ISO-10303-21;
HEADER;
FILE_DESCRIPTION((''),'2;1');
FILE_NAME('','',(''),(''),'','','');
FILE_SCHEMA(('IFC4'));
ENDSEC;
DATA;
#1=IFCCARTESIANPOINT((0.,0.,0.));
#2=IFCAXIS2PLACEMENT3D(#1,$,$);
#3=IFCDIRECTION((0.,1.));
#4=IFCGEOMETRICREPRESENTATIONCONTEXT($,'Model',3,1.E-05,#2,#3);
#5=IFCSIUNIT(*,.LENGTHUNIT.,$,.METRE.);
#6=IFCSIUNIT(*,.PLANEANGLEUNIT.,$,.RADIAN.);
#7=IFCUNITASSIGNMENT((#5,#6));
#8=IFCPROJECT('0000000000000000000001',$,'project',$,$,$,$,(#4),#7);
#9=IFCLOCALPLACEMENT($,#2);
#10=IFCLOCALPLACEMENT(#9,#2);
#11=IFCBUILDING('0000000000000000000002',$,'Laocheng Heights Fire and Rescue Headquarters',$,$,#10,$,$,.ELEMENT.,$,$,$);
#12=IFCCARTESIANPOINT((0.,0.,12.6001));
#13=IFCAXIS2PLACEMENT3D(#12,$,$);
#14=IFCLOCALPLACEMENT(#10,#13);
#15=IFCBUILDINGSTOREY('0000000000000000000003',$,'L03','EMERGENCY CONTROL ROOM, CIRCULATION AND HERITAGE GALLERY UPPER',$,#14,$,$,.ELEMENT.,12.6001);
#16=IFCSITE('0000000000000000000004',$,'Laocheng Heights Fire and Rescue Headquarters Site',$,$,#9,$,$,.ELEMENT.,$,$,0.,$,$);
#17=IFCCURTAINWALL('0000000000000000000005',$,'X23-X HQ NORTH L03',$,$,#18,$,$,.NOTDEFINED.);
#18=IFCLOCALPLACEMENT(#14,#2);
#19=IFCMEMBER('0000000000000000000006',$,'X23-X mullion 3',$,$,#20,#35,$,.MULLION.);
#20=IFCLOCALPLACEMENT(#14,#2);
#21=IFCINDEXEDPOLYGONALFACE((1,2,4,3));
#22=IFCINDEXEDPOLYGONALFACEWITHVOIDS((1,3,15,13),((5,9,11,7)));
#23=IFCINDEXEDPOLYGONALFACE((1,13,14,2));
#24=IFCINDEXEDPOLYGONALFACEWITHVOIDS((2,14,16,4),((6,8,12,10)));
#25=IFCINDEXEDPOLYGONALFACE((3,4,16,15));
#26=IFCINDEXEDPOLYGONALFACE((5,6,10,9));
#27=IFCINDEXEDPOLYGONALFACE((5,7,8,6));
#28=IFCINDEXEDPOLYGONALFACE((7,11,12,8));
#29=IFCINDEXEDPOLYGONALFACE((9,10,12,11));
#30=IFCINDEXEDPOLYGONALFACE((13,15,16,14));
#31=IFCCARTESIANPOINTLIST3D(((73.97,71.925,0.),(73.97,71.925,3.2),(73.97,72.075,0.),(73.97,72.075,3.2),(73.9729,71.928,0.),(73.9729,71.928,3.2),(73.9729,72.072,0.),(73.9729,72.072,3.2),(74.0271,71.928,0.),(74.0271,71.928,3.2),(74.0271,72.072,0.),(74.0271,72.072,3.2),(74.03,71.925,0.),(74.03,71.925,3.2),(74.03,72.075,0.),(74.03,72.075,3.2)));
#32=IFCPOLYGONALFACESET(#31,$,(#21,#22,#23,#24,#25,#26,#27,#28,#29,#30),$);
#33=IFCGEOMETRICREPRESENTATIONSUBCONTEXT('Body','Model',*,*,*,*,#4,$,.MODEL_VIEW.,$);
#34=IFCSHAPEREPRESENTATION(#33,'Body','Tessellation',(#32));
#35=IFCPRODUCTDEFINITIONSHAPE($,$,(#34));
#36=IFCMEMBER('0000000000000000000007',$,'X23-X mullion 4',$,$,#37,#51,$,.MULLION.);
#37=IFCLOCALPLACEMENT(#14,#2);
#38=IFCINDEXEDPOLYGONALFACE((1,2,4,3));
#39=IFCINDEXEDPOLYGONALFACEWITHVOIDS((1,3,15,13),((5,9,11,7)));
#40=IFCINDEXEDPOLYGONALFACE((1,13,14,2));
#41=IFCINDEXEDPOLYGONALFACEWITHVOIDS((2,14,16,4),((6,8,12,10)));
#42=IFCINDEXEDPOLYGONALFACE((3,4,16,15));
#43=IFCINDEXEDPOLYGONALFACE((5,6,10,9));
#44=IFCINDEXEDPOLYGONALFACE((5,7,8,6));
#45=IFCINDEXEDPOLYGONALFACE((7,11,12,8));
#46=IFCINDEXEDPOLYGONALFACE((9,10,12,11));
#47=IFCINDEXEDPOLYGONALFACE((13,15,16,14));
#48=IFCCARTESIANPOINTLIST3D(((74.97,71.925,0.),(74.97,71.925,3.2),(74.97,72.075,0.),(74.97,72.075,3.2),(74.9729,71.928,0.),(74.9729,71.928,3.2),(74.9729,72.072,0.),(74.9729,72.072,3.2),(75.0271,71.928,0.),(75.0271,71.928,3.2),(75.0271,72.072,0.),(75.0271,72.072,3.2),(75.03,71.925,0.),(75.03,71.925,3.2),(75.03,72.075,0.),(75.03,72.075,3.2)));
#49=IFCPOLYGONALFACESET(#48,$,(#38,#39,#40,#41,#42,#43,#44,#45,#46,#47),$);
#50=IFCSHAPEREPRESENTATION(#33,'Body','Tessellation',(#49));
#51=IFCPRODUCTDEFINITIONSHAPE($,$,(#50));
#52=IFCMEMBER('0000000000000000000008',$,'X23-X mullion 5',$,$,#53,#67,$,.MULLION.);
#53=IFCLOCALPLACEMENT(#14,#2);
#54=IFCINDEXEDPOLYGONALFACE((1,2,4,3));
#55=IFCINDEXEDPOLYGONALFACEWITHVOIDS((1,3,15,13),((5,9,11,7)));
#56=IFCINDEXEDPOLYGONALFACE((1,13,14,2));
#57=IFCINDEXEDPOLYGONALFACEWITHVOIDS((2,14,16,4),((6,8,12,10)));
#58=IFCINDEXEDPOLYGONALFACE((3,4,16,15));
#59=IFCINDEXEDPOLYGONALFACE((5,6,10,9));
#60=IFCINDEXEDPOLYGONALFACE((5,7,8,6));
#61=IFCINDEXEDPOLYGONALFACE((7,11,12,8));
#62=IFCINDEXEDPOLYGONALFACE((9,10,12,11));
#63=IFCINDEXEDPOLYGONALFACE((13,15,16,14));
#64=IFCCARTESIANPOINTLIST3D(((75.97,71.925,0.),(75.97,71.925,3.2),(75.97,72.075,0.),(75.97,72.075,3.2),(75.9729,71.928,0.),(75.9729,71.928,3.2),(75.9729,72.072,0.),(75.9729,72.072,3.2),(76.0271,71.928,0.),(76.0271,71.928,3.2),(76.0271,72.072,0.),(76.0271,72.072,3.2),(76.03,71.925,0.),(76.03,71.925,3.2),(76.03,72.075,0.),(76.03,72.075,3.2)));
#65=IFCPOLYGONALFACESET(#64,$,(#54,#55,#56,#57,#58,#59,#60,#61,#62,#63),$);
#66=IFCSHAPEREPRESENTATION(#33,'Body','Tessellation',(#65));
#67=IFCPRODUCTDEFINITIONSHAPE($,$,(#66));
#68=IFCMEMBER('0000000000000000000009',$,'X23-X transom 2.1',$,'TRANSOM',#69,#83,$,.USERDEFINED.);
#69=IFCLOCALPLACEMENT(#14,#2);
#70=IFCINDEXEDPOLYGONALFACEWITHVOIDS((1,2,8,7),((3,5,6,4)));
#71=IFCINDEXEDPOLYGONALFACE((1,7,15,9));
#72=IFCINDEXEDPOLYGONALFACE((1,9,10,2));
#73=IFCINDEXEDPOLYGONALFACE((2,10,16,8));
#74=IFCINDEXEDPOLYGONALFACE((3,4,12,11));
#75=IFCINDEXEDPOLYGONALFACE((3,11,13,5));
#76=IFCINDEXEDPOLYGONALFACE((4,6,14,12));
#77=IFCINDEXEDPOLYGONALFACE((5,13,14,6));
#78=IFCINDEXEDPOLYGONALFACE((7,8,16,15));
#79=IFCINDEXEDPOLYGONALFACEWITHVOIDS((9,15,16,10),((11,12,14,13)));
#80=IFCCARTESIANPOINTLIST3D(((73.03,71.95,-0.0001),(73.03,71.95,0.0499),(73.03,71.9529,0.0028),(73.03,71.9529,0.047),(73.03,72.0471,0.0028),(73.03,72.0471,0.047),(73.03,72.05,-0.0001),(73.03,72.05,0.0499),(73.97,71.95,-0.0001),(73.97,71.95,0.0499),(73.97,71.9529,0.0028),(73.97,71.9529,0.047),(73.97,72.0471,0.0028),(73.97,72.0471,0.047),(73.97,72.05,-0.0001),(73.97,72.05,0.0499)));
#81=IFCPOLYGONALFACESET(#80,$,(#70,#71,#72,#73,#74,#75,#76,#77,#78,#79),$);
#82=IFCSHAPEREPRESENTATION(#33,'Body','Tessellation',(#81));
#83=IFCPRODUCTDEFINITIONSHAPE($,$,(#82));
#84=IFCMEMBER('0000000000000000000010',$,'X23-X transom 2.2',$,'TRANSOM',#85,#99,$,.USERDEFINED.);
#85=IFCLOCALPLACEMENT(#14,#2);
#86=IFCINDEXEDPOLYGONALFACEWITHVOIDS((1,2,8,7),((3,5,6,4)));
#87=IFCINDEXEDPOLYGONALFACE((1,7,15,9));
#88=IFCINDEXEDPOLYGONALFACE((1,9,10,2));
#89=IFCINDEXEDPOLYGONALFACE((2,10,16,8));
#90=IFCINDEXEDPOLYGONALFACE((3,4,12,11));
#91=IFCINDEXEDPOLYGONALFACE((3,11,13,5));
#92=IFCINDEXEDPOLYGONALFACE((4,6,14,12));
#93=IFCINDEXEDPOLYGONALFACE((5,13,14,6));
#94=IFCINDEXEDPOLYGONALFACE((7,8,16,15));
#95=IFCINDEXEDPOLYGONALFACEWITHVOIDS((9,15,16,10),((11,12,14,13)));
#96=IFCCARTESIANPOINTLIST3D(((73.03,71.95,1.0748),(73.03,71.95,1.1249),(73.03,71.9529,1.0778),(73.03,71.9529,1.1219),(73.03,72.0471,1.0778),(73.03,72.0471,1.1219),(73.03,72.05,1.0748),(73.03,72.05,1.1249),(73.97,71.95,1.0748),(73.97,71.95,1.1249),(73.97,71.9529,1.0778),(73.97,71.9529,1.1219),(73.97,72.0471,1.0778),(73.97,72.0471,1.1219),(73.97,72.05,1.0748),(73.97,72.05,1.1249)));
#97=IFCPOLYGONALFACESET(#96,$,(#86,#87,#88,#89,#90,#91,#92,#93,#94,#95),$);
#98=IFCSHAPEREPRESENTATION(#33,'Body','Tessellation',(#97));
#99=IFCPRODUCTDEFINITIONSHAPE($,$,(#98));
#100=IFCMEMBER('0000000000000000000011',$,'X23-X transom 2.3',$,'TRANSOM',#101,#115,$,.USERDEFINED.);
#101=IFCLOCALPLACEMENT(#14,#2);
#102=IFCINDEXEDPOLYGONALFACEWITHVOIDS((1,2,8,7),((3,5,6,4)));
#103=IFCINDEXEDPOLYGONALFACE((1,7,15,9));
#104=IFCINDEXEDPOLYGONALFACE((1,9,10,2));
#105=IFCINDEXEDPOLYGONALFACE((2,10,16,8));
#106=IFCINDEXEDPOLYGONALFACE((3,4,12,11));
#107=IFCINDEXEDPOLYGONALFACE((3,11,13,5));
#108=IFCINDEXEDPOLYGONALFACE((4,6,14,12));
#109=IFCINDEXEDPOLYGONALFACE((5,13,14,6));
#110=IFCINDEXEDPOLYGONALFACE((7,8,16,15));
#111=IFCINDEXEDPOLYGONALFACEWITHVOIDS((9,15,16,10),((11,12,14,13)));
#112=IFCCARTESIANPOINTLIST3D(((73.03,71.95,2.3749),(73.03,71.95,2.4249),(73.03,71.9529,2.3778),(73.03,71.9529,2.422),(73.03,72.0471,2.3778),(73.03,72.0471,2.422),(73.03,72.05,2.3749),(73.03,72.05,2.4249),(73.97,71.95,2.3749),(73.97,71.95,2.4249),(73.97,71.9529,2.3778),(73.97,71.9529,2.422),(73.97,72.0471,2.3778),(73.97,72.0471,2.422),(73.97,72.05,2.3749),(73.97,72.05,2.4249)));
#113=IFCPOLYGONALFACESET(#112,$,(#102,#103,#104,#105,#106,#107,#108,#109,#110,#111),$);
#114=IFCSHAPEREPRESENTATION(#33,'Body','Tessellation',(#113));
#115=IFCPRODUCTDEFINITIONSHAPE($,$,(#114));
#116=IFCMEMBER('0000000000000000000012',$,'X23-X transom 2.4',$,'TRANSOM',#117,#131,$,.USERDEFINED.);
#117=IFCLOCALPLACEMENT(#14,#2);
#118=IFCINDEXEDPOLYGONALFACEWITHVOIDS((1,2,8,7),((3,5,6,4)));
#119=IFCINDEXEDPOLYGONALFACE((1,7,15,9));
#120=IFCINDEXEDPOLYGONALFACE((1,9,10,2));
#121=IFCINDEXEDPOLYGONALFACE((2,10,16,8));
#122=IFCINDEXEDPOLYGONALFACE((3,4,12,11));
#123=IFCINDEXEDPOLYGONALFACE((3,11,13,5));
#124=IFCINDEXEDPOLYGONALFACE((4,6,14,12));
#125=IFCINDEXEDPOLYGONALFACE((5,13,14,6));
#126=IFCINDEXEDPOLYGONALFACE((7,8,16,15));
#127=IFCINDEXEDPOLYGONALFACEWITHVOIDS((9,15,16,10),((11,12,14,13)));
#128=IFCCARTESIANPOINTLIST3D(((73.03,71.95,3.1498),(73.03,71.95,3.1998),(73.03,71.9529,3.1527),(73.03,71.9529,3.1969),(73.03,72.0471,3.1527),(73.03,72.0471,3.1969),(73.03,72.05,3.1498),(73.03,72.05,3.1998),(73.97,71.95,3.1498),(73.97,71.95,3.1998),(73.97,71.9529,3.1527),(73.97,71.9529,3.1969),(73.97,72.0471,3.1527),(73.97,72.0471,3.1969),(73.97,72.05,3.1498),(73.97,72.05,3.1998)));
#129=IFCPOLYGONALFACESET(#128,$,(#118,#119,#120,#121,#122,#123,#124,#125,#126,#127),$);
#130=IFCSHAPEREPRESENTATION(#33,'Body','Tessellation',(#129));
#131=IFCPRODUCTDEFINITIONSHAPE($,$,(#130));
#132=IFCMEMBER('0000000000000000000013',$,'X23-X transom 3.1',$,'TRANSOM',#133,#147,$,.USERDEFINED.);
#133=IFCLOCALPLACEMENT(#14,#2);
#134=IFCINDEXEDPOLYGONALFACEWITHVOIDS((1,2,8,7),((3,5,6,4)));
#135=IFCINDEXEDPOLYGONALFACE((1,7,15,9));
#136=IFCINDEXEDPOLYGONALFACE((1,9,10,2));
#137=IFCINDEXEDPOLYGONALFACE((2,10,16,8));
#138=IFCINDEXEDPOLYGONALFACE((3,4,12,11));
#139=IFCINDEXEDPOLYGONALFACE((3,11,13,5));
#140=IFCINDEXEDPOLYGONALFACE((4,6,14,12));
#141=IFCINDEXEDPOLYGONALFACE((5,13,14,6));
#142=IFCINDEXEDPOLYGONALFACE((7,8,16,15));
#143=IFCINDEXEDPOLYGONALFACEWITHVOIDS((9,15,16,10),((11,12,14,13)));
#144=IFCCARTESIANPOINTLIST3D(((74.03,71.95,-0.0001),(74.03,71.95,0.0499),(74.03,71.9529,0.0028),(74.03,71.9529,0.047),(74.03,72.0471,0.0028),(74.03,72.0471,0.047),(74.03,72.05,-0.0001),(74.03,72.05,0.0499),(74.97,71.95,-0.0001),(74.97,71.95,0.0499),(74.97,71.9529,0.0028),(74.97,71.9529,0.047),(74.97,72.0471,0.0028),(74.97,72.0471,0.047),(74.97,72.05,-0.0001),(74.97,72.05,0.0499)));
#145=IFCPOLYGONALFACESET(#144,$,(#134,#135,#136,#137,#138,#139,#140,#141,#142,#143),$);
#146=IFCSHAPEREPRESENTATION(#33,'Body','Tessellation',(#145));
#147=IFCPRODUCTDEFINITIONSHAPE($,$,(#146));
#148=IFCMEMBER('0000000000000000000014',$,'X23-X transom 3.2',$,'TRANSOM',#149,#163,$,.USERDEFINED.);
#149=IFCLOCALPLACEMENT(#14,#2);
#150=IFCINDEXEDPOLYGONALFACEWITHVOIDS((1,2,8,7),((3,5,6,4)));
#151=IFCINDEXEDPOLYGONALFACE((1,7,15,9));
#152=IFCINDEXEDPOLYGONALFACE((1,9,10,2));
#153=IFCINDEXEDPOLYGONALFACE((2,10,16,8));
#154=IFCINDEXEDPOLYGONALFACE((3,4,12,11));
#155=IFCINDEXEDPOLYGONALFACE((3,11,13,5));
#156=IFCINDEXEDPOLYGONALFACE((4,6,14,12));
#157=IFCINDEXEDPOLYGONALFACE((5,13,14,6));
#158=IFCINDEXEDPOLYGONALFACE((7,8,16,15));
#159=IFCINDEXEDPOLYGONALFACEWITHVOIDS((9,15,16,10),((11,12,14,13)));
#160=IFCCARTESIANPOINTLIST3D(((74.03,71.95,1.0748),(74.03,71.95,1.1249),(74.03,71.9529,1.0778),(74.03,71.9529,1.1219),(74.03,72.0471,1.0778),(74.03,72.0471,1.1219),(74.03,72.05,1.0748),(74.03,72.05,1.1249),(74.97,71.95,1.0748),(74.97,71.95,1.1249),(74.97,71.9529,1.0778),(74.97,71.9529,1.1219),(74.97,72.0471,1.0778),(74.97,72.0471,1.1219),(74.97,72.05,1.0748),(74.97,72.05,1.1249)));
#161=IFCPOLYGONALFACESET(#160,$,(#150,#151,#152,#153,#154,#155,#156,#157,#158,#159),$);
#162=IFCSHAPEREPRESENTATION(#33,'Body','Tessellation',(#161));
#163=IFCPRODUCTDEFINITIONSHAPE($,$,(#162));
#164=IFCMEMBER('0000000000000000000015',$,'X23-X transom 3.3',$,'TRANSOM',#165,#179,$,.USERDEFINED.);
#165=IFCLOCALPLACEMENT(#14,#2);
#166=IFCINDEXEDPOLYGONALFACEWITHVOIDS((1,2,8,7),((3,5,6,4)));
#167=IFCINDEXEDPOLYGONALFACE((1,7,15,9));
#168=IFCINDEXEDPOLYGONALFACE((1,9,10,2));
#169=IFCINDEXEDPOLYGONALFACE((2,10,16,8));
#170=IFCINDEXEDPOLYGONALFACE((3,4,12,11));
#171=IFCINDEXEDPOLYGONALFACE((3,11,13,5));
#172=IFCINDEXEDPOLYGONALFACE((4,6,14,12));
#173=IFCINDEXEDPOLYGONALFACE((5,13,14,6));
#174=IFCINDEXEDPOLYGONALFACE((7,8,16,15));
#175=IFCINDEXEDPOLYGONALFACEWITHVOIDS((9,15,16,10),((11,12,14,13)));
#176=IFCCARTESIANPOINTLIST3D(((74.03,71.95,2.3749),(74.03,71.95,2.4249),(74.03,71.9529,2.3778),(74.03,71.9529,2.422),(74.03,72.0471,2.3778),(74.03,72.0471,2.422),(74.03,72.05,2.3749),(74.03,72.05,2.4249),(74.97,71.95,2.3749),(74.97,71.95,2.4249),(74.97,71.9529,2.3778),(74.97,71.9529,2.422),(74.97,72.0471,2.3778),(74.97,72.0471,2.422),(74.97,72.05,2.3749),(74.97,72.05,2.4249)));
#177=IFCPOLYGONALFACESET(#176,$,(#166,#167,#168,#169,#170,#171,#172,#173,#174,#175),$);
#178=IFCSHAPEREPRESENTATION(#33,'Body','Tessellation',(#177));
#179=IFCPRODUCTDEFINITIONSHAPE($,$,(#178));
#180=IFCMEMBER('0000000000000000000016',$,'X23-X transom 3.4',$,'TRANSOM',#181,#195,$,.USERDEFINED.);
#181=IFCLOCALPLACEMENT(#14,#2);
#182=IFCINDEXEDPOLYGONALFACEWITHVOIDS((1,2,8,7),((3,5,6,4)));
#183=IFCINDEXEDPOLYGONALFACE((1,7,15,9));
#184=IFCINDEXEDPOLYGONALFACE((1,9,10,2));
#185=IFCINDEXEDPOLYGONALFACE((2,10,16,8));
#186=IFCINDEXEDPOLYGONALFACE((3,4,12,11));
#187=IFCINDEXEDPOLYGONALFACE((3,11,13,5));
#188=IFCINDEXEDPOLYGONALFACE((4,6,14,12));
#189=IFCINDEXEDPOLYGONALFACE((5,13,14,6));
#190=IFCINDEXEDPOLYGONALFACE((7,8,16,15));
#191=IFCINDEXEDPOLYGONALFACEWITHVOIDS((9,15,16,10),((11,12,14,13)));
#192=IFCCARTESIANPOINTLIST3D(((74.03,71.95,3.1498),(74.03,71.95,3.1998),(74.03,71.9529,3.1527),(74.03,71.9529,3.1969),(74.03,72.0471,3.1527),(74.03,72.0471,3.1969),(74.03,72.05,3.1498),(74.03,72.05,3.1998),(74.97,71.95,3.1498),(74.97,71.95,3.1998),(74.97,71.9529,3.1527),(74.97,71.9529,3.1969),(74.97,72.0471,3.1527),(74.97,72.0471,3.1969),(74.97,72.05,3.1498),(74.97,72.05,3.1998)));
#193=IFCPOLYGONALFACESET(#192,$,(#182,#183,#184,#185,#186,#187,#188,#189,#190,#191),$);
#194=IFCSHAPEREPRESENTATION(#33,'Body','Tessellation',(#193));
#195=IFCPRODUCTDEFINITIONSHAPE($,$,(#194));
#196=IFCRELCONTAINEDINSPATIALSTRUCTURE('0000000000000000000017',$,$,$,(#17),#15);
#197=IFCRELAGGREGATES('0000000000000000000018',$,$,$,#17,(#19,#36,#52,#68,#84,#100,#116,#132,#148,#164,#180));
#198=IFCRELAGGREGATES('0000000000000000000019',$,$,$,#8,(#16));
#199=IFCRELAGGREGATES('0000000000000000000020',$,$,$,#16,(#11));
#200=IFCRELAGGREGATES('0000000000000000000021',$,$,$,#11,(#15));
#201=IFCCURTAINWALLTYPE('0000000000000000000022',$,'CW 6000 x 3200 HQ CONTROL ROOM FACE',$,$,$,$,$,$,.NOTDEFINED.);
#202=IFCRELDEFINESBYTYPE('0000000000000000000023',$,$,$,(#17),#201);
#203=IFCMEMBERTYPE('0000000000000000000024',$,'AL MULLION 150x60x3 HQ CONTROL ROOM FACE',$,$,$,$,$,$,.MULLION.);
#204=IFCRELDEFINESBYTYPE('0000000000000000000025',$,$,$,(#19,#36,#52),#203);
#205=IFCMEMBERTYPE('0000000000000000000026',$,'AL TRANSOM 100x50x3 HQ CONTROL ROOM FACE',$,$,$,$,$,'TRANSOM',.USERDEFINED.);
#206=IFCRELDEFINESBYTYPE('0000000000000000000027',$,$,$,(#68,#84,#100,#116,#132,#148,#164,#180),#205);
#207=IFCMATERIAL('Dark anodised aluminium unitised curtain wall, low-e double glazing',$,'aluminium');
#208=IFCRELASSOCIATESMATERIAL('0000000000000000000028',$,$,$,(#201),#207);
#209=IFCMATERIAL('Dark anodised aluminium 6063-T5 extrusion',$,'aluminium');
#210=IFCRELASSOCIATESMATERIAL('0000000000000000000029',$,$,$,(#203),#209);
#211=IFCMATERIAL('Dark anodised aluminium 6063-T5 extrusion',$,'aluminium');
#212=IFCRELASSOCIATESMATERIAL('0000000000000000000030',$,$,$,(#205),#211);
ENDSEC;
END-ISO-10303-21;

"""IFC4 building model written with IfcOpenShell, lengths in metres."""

from ifc_helpers import new_model, si_unit, direction, frame, origin, origin_2d, place, context, subcontext, project, spatial, hollow_rectangle, extrude, material, material_profile, profile_set, type_object, element, aggregate, save


model = new_model("IFC4")

# Units and contexts
model_context = context("Model", 3, precision=1e-05, world=origin(), true_north=direction((0.0, 1.0)))
body_context = subcontext(model_context, "Body", "Model", "MODEL_VIEW")
ifc_project = project(units=[si_unit("LENGTHUNIT", "METRE"), si_unit("PLANEANGLEUNIT", "RADIAN")], contexts=[model_context])

# Site, building, storey
site_placement = place(None, origin())
site = spatial("IfcSite", under=ifc_project, at=site_placement, Name="Laocheng Heights Fire and Rescue Headquarters Site", CompositionType="ELEMENT", RefElevation=0.0)
building_placement = place(site_placement, origin())
building = spatial("IfcBuilding", under=site, at=building_placement, Name="Laocheng Heights Fire and Rescue Headquarters", CompositionType="ELEMENT")
storey_placement = place(building_placement, frame((0.0, 0.0, 12.6001)))
storey = spatial("IfcBuildingStorey", under=building, at=storey_placement, Name="L03", Description="EMERGENCY CONTROL ROOM, CIRCULATION AND HERITAGE GALLERY UPPER", CompositionType="ELEMENT", Elevation=12.6001)

# Curtain wall, members
ifc_material_1 = material(Name="Dark anodised aluminium unitised curtain wall, low-e double glazing", Category="aluminium")
curtain_wall_type = type_object("IfcCurtainWallType", Name="CW 6000 x 3200 HQ CONTROL ROOM FACE", PredefinedType="NOTDEFINED", material=ifc_material_1)
curtain_wall_placement = place(storey_placement, origin())
curtain_wall = element("IfcCurtainWall", 1, at=curtain_wall_placement, inside=storey, type_object=curtain_wall_type, Name="X23-X HQ NORTH L03", PredefinedType="NOTDEFINED")
ifc_material_2 = material(Name="Dark anodised aluminium 6063-T5 extrusion", Category="aluminium")
ifc_material_profile_1 = material_profile(ifc_material_2, hollow_rectangle(XDim=0.1499, YDim=0.0601, WallThickness=0.0029, at=origin_2d()), Name="AL MULLION 150x60x3 HQ CONTROL ROOM FACE")
ifc_profile_set_1 = profile_set([ifc_material_profile_1], Name="Dark anodised aluminium 6063-T5 extrusion")
member_type_1 = type_object("IfcMemberType", Name="AL MULLION 150x60x3 HQ CONTROL ROOM FACE", PredefinedType="MULLION", material=ifc_profile_set_1)
member_1_placement = place(storey_placement, frame((74.0, 72.0, 0.0), z_axis=(0.0, 0.0, 1.0), x_axis=(0.0, 1.0, 0.0)))
member_1 = element("IfcMember", 2, at=member_1_placement, type_object=member_type_1, Name="X23-X mullion 3", PredefinedType="MULLION", context=body_context, shape_type="SweptSolid", body=[
    extrude(hollow_rectangle(XDim=0.1499, YDim=0.0601, WallThickness=0.0029, at=origin_2d()), origin(), (0.0, 0.0, 1.0), 3.2),
])
member_2_placement = place(storey_placement, frame((75.0, 72.0, 0.0), z_axis=(0.0, 0.0, 1.0), x_axis=(0.0, 1.0, 0.0)))
member_2 = element("IfcMember", 3, at=member_2_placement, type_object=member_type_1, Name="X23-X mullion 4", PredefinedType="MULLION", context=body_context, shape_type="SweptSolid", body=[
    extrude(hollow_rectangle(XDim=0.1499, YDim=0.0601, WallThickness=0.0029, at=origin_2d()), origin(), (0.0, 0.0, 1.0), 3.2),
])
member_3_placement = place(storey_placement, frame((76.0, 72.0, 0.0), z_axis=(0.0, 0.0, 1.0), x_axis=(0.0, 1.0, 0.0)))
member_3 = element("IfcMember", 4, at=member_3_placement, type_object=member_type_1, Name="X23-X mullion 5", PredefinedType="MULLION", context=body_context, shape_type="SweptSolid", body=[
    extrude(hollow_rectangle(XDim=0.1499, YDim=0.0601, WallThickness=0.0029, at=origin_2d()), origin(), (0.0, 0.0, 1.0), 3.2),
])
ifc_material_3 = material(Name="Dark anodised aluminium 6063-T5 extrusion", Category="aluminium")
ifc_material_profile_2 = material_profile(ifc_material_3, hollow_rectangle(XDim=0.1001, YDim=0.05, WallThickness=0.0029, at=origin_2d()), Name="AL TRANSOM 100x50x3 HQ CONTROL ROOM FACE")
ifc_profile_set_2 = profile_set([ifc_material_profile_2], Name="Dark anodised aluminium 6063-T5 extrusion")
member_type_2 = type_object("IfcMemberType", Name="AL TRANSOM 100x50x3 HQ CONTROL ROOM FACE", ElementType="TRANSOM", PredefinedType="USERDEFINED", material=ifc_profile_set_2)
member_4_placement = place(storey_placement, frame((73.03, 72.0, 0.0249), z_axis=(1.0, 0.0, 0.0), x_axis=(0.0, 1.0, 0.0)))
member_4 = element("IfcMember", 5, at=member_4_placement, type_object=member_type_2, Name="X23-X transom 2.1", ObjectType="TRANSOM", PredefinedType="USERDEFINED", context=body_context, shape_type="SweptSolid", body=[
    extrude(hollow_rectangle(XDim=0.1001, YDim=0.05, WallThickness=0.0029, at=origin_2d()), origin(), (0.0, 0.0, 1.0), 0.9399),
])
member_5_placement = place(storey_placement, frame((73.03, 72.0, 1.0999), z_axis=(1.0, 0.0, 0.0), x_axis=(0.0, 1.0, 0.0)))
member_5 = element("IfcMember", 6, at=member_5_placement, type_object=member_type_2, Name="X23-X transom 2.2", ObjectType="TRANSOM", PredefinedType="USERDEFINED", context=body_context, shape_type="SweptSolid", body=[
    extrude(hollow_rectangle(XDim=0.1001, YDim=0.05, WallThickness=0.0029, at=origin_2d()), origin(), (0.0, 0.0, 1.0), 0.9399),
])
member_6_placement = place(storey_placement, frame((73.03, 72.0, 2.3999), z_axis=(1.0, 0.0, 0.0), x_axis=(0.0, 1.0, 0.0)))
member_6 = element("IfcMember", 7, at=member_6_placement, type_object=member_type_2, Name="X23-X transom 2.3", ObjectType="TRANSOM", PredefinedType="USERDEFINED", context=body_context, shape_type="SweptSolid", body=[
    extrude(hollow_rectangle(XDim=0.1001, YDim=0.05, WallThickness=0.0029, at=origin_2d()), origin(), (0.0, 0.0, 1.0), 0.9399),
])
member_7_placement = place(storey_placement, frame((73.03, 72.0, 3.1748), z_axis=(1.0, 0.0, 0.0), x_axis=(0.0, 1.0, 0.0)))
member_7 = element("IfcMember", 8, at=member_7_placement, type_object=member_type_2, Name="X23-X transom 2.4", ObjectType="TRANSOM", PredefinedType="USERDEFINED", context=body_context, shape_type="SweptSolid", body=[
    extrude(hollow_rectangle(XDim=0.1001, YDim=0.05, WallThickness=0.0029, at=origin_2d()), origin(), (0.0, 0.0, 1.0), 0.9399),
])
member_8_placement = place(storey_placement, frame((74.03, 72.0, 0.0249), z_axis=(1.0, 0.0, 0.0), x_axis=(0.0, 1.0, 0.0)))
member_8 = element("IfcMember", 9, at=member_8_placement, type_object=member_type_2, Name="X23-X transom 3.1", ObjectType="TRANSOM", PredefinedType="USERDEFINED", context=body_context, shape_type="SweptSolid", body=[
    extrude(hollow_rectangle(XDim=0.1001, YDim=0.05, WallThickness=0.0029, at=origin_2d()), origin(), (0.0, 0.0, 1.0), 0.9399),
])
member_9_placement = place(storey_placement, frame((74.03, 72.0, 1.0999), z_axis=(1.0, 0.0, 0.0), x_axis=(0.0, 1.0, 0.0)))
member_9 = element("IfcMember", 10, at=member_9_placement, type_object=member_type_2, Name="X23-X transom 3.2", ObjectType="TRANSOM", PredefinedType="USERDEFINED", context=body_context, shape_type="SweptSolid", body=[
    extrude(hollow_rectangle(XDim=0.1001, YDim=0.05, WallThickness=0.0029, at=origin_2d()), origin(), (0.0, 0.0, 1.0), 0.9399),
])
member_10_placement = place(storey_placement, frame((74.03, 72.0, 2.3999), z_axis=(1.0, 0.0, 0.0), x_axis=(0.0, 1.0, 0.0)))
member_10 = element("IfcMember", 11, at=member_10_placement, type_object=member_type_2, Name="X23-X transom 3.3", ObjectType="TRANSOM", PredefinedType="USERDEFINED", context=body_context, shape_type="SweptSolid", body=[
    extrude(hollow_rectangle(XDim=0.1001, YDim=0.05, WallThickness=0.0029, at=origin_2d()), origin(), (0.0, 0.0, 1.0), 0.9399),
])
member_11_placement = place(storey_placement, frame((74.03, 72.0, 3.1748), z_axis=(1.0, 0.0, 0.0), x_axis=(0.0, 1.0, 0.0)))
member_11 = element("IfcMember", 12, at=member_11_placement, type_object=member_type_2, Name="X23-X transom 3.4", ObjectType="TRANSOM", PredefinedType="USERDEFINED", context=body_context, shape_type="SweptSolid", body=[
    extrude(hollow_rectangle(XDim=0.1001, YDim=0.05, WallThickness=0.0029, at=origin_2d()), origin(), (0.0, 0.0, 1.0), 0.9399),
])
aggregate(curtain_wall, [member_1, member_2, member_3, member_4, member_5, member_6, member_7, member_8, member_9, member_10, member_11])

save(model, "model.ifc")
